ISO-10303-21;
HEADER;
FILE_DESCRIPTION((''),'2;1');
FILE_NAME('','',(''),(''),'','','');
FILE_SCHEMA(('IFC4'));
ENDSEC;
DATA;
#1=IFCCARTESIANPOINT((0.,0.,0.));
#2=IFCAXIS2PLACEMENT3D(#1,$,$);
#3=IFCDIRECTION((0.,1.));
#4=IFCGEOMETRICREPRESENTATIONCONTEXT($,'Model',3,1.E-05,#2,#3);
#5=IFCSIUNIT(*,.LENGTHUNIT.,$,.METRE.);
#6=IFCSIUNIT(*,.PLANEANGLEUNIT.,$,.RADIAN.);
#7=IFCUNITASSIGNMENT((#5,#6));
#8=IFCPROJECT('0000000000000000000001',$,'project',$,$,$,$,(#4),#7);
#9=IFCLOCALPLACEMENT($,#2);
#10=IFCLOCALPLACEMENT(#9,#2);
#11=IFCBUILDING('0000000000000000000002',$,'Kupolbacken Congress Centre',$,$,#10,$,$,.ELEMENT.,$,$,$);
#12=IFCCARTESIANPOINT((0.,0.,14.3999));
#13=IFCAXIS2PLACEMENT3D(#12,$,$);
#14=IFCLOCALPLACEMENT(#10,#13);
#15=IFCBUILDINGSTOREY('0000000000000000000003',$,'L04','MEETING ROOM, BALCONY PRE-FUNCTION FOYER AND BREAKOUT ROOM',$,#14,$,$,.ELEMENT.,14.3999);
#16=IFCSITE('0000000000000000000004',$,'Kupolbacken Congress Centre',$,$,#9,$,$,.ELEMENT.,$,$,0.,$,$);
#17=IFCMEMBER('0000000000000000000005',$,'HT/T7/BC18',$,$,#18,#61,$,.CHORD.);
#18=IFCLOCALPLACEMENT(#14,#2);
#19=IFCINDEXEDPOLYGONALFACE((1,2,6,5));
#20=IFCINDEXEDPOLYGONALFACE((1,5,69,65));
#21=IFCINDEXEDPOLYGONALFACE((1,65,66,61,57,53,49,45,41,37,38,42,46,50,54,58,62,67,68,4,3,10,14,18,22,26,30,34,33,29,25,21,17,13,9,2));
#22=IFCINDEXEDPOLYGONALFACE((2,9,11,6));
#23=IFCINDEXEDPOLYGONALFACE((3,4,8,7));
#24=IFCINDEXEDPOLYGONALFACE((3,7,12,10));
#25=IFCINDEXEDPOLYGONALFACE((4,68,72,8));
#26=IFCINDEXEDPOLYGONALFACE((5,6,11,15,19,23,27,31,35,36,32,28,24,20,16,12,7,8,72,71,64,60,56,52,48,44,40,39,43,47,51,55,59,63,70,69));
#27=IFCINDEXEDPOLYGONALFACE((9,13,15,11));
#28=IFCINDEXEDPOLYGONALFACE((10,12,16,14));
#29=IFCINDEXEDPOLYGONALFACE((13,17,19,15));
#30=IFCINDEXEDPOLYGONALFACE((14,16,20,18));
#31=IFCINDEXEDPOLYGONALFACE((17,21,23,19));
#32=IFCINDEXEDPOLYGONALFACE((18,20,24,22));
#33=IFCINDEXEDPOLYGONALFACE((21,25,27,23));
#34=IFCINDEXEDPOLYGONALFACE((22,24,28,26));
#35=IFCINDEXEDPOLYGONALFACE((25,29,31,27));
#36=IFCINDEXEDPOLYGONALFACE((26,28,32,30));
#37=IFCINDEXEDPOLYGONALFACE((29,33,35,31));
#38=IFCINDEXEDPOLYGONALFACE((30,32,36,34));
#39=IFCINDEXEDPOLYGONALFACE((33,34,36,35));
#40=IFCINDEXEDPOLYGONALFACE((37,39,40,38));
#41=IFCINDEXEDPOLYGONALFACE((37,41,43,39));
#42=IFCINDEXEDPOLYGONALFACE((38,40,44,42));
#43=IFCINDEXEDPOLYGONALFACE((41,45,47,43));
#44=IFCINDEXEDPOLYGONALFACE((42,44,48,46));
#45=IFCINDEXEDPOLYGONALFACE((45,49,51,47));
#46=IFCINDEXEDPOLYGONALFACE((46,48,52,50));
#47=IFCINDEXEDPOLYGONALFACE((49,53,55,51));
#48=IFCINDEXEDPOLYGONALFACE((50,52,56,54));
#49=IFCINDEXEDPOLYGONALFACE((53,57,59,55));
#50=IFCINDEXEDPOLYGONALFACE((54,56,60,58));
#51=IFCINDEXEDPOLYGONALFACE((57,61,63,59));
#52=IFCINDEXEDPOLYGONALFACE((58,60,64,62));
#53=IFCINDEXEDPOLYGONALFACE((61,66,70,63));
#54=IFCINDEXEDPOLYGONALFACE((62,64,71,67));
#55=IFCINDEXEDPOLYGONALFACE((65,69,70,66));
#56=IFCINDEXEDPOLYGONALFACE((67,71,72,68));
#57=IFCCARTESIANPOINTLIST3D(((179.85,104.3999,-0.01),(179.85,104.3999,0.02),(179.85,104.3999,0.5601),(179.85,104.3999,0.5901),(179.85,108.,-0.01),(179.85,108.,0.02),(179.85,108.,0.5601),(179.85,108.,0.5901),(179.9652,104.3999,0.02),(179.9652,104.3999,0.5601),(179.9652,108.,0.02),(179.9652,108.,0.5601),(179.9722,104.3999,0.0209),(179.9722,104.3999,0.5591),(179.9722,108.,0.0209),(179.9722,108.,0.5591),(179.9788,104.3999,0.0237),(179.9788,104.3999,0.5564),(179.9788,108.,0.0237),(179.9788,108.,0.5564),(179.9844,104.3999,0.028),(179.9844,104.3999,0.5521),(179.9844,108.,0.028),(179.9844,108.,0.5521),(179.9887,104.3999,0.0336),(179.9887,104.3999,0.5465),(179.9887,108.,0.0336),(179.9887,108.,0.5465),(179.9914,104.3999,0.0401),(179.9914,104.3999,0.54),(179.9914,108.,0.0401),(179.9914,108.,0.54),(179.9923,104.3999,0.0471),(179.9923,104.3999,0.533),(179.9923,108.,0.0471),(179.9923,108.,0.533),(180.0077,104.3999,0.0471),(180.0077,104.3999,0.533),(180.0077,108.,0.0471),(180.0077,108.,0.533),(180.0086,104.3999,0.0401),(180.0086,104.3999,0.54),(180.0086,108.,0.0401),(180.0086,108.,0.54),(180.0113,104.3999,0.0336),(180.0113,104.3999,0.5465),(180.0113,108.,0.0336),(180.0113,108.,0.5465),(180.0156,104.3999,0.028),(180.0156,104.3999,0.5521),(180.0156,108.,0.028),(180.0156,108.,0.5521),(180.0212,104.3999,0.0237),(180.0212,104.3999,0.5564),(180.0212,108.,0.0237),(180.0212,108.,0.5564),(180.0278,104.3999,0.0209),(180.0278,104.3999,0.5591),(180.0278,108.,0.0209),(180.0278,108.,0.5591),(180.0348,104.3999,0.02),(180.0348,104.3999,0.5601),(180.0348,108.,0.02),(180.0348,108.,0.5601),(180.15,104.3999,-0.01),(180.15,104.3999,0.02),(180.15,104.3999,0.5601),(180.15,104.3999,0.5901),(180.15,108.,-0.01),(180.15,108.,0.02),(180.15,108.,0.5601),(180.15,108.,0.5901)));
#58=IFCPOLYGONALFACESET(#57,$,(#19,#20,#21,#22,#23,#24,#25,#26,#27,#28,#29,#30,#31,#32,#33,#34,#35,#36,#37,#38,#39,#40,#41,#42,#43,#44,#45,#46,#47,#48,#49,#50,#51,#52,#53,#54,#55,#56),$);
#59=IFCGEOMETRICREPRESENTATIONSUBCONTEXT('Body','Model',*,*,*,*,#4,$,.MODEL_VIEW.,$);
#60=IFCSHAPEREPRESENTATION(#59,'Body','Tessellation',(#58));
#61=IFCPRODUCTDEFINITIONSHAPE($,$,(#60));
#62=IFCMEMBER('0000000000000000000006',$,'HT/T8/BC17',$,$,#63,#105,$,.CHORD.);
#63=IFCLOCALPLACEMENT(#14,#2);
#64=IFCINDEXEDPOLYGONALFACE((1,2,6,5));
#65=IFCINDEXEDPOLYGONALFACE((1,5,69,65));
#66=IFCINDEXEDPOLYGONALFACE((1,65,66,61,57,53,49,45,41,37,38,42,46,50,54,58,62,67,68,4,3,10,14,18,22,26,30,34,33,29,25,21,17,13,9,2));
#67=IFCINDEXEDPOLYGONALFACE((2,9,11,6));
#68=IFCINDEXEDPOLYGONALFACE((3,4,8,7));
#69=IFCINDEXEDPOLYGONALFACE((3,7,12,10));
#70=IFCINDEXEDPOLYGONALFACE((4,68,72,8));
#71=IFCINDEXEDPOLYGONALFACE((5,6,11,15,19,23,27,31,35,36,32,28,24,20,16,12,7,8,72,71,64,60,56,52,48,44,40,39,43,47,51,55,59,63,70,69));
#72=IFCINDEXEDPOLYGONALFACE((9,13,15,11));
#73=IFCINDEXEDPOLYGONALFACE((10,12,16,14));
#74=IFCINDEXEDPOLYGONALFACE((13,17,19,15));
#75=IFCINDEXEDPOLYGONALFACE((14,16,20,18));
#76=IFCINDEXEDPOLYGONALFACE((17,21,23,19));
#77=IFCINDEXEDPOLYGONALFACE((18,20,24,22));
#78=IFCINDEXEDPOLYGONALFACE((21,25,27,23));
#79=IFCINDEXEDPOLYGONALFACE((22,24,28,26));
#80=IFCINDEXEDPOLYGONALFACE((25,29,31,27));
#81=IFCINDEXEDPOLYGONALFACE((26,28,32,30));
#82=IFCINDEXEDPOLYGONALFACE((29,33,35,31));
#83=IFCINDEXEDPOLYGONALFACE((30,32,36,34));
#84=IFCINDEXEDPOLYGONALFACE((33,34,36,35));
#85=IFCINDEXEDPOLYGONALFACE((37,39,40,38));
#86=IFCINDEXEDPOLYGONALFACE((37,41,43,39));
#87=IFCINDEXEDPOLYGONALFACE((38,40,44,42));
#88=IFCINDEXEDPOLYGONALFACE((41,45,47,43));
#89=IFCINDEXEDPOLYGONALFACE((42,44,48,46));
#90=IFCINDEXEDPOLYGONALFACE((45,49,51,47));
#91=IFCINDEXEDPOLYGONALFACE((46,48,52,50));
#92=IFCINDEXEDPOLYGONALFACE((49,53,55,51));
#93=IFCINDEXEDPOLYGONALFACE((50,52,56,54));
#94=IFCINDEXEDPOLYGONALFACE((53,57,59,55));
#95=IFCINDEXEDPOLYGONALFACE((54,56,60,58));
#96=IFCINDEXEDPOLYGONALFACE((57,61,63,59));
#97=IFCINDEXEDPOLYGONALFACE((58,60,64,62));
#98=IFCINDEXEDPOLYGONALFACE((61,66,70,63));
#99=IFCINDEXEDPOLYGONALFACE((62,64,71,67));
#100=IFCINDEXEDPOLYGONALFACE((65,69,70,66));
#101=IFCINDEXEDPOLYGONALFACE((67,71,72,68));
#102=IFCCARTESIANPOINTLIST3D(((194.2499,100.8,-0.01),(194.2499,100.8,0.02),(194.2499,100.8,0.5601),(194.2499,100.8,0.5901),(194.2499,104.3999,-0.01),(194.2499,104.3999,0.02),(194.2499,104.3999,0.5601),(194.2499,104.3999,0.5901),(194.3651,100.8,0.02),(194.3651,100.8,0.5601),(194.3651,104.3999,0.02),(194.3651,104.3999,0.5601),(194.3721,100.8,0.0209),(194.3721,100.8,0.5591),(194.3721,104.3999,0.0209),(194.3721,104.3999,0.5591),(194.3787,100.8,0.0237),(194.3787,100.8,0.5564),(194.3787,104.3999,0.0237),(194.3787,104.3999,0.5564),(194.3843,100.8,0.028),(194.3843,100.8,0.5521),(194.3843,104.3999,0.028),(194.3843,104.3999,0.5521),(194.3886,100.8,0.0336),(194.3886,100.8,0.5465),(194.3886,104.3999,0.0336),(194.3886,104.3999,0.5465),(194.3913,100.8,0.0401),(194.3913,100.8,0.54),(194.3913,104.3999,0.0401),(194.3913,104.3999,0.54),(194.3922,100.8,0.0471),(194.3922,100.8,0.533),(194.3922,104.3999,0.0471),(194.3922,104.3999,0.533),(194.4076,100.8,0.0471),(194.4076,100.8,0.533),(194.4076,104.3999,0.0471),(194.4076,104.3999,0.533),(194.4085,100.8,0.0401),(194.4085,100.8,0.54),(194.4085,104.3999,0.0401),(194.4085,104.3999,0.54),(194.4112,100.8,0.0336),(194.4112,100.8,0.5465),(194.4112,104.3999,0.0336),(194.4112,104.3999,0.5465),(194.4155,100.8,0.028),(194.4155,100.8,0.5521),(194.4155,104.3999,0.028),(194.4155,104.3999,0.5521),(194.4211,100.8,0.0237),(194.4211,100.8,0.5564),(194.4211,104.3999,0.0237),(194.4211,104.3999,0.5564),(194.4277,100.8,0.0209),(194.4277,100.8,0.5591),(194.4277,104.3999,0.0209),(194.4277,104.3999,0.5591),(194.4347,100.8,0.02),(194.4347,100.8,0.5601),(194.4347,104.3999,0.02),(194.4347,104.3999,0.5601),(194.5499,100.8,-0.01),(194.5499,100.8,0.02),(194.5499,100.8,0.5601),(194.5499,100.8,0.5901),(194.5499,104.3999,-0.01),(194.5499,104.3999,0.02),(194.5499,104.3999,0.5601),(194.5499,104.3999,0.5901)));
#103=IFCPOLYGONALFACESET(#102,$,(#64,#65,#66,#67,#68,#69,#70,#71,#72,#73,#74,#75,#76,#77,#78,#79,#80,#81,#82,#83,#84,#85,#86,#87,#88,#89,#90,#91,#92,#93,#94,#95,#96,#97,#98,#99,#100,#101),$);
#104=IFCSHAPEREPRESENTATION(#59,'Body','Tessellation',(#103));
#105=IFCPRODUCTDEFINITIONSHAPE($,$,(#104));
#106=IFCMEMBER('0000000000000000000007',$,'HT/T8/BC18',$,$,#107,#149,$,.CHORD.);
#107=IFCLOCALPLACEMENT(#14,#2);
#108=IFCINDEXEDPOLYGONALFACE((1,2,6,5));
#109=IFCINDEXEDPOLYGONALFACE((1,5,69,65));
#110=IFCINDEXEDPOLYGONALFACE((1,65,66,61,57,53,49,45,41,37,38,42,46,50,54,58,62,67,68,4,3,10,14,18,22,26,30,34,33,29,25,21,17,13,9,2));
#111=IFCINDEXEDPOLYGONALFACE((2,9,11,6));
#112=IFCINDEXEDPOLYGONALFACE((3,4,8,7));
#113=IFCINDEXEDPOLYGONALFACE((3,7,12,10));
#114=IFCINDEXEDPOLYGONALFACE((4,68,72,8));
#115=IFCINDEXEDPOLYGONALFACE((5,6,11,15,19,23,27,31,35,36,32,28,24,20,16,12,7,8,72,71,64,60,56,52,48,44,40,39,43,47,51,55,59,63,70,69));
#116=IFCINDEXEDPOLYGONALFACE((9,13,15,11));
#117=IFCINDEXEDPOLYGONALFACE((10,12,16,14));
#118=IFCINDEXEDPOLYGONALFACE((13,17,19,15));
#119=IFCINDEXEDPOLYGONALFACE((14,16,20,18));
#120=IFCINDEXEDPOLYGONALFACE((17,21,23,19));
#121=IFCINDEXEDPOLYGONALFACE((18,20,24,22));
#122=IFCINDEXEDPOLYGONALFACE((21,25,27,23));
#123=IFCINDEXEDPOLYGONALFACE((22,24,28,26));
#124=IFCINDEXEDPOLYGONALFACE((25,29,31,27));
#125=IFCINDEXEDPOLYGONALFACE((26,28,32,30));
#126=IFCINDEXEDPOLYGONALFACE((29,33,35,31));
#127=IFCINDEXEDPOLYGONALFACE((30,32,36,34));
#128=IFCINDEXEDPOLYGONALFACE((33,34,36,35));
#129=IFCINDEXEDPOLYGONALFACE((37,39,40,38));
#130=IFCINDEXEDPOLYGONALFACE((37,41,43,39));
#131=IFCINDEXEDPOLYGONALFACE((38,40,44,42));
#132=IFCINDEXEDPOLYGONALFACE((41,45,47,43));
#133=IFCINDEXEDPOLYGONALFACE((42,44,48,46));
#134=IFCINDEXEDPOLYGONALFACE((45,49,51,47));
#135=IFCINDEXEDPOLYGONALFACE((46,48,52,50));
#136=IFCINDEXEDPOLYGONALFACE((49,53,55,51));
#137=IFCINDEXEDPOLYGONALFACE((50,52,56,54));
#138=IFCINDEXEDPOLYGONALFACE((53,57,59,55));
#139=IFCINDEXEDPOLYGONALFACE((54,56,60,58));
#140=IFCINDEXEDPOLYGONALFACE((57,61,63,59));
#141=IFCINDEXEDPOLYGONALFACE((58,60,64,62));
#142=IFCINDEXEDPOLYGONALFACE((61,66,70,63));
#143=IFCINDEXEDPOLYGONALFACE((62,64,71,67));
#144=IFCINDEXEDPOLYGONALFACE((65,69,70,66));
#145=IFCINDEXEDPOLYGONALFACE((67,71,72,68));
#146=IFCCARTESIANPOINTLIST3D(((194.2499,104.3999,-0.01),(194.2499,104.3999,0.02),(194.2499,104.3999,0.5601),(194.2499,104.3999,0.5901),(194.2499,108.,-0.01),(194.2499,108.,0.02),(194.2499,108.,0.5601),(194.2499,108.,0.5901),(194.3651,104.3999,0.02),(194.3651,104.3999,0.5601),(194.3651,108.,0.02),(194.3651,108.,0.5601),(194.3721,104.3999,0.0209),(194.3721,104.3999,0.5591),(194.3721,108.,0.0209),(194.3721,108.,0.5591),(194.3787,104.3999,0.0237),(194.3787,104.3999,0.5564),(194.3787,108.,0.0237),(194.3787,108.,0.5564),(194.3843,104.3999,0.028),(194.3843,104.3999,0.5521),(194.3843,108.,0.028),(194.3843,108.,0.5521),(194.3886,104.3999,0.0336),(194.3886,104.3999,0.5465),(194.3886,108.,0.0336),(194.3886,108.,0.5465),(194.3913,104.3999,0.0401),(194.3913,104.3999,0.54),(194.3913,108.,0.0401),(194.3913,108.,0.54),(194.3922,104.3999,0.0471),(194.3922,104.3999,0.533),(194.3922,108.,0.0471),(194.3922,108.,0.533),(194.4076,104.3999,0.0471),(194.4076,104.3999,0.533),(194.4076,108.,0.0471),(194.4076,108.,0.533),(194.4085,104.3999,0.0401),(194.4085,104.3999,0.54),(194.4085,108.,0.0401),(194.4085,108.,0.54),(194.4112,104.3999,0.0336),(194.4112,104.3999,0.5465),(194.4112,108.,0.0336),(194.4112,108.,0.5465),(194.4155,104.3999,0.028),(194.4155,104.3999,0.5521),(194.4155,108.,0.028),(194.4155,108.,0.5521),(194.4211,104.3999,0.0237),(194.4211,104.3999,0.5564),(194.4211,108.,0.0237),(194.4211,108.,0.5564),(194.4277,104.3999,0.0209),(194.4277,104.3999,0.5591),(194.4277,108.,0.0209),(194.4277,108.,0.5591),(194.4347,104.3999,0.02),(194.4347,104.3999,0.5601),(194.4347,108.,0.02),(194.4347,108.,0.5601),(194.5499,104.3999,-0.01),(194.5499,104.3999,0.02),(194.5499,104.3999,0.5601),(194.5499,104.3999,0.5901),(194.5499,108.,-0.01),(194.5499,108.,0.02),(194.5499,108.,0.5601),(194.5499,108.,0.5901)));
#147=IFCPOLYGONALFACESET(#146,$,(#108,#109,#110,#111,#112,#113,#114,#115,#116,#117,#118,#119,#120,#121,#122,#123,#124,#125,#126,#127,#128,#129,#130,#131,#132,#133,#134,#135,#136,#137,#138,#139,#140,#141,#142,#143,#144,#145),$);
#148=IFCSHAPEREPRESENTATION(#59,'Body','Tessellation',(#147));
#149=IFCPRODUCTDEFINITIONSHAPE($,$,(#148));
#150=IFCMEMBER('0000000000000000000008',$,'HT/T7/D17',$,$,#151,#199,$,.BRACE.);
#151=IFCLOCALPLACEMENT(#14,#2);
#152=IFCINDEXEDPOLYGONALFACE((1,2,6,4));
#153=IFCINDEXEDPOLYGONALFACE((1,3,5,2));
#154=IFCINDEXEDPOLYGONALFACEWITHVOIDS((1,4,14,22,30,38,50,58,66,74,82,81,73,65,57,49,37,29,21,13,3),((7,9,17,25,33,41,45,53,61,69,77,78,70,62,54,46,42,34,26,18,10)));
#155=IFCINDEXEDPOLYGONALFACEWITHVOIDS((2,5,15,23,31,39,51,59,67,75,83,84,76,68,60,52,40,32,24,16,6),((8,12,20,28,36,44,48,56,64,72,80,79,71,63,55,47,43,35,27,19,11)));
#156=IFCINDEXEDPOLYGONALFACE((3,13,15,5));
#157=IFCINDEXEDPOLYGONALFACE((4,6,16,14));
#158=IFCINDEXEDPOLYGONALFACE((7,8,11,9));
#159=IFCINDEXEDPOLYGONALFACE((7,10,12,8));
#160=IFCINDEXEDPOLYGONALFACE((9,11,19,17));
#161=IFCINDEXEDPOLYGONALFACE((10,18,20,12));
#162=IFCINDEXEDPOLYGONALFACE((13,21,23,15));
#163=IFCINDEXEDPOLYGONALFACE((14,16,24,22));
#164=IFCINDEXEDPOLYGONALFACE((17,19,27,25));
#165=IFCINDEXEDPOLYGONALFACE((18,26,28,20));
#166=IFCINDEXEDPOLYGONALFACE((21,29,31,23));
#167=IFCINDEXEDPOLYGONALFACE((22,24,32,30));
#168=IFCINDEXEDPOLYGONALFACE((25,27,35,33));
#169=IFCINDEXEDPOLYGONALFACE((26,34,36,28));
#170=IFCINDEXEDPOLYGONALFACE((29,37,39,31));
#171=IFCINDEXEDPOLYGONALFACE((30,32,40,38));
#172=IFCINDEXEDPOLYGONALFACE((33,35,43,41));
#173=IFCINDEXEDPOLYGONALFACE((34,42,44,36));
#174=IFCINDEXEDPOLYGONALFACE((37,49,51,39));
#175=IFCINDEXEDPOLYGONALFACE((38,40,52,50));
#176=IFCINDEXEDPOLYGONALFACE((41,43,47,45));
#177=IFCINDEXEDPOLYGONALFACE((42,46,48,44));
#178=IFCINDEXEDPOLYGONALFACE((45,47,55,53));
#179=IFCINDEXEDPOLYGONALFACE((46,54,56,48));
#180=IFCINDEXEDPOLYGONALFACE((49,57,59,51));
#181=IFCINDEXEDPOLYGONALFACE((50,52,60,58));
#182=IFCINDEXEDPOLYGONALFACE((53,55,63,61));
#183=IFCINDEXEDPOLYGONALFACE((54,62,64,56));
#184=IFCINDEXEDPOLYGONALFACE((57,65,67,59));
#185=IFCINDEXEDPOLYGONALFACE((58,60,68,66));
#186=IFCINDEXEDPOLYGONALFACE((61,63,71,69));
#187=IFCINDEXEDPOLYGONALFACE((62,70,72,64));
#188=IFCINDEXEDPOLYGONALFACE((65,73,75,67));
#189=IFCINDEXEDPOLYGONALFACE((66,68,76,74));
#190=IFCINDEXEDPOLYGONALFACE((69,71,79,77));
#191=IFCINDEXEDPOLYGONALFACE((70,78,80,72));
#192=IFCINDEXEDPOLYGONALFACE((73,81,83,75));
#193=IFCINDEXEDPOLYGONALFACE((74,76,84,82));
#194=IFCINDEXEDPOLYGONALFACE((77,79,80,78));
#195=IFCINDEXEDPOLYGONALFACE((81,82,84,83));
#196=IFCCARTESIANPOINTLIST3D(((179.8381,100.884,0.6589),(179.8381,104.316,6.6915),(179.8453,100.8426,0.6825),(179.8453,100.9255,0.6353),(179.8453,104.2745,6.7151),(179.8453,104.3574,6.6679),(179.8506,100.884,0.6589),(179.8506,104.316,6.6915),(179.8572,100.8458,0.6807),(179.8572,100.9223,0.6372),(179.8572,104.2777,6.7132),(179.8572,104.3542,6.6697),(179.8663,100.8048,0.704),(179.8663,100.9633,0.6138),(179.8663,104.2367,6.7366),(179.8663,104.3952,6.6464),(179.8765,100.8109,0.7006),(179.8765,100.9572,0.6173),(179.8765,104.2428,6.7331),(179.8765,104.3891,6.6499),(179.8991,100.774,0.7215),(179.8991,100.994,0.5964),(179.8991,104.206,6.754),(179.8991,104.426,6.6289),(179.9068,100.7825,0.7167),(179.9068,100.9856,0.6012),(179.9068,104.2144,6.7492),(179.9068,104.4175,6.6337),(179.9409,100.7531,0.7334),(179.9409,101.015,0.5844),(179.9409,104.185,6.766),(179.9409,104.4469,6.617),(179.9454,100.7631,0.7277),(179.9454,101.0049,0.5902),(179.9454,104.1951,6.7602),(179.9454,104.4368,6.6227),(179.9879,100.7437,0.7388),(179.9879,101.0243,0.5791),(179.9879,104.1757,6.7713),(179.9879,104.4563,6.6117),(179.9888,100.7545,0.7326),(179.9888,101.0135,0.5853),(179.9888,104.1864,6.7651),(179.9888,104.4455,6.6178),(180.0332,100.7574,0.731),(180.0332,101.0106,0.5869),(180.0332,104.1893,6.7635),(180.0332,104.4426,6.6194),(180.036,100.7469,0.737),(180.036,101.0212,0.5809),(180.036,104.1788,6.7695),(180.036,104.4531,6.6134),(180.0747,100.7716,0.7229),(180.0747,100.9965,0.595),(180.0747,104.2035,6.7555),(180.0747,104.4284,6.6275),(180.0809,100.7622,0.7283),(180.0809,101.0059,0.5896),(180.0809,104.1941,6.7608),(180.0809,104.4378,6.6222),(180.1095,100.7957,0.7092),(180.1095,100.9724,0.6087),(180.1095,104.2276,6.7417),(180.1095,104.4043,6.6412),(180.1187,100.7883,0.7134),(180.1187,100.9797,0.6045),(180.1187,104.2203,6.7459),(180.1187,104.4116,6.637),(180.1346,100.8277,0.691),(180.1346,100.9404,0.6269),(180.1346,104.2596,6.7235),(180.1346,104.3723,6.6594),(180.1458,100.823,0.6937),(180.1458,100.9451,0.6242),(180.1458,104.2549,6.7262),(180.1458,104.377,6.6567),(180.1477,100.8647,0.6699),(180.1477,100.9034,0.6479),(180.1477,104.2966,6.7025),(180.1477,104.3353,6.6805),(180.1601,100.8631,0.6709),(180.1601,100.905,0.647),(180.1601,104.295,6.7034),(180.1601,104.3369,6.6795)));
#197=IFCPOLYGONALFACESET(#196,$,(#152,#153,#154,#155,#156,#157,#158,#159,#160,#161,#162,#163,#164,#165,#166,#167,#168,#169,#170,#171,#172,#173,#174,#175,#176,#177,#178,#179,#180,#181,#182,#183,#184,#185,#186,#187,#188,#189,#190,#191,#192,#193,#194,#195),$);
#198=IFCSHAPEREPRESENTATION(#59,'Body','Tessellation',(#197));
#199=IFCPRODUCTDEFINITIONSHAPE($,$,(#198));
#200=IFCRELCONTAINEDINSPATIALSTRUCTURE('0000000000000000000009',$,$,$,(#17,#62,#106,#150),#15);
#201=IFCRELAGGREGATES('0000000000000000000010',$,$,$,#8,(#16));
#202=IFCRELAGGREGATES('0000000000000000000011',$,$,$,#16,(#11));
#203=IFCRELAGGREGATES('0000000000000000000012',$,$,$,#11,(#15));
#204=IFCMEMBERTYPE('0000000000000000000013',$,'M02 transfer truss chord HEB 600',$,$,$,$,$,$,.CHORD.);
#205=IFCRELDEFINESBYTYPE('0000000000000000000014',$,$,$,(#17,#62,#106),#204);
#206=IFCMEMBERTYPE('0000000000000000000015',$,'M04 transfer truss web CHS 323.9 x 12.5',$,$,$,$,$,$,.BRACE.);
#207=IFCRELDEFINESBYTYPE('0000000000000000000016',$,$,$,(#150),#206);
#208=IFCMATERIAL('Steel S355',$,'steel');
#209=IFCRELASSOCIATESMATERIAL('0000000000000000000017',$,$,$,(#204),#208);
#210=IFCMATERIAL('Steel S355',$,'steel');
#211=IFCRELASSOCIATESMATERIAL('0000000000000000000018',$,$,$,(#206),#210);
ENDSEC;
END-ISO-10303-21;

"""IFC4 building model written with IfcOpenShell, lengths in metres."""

from ifc_helpers import new_model, si_unit, direction, frame, origin, origin_2d, place, context, subcontext, project, spatial, hollow_circle, i_section, extrude, material, material_profile, profile_set, type_object, element, save


model = new_model("IFC4")

# Units and contexts
model_context = context("Model", 3, precision=1e-05, world=origin(), true_north=direction((0.0, 1.0)))
body_context = subcontext(model_context, "Body", "Model", "MODEL_VIEW")
ifc_project = project(units=[si_unit("LENGTHUNIT", "METRE"), si_unit("PLANEANGLEUNIT", "RADIAN")], contexts=[model_context])

# Site, building, storey
site_placement = place(None, origin())
site = spatial("IfcSite", under=ifc_project, at=site_placement, Name="Kupolbacken Congress Centre", CompositionType="ELEMENT", RefElevation=0.0)
building_placement = place(site_placement, origin())
building = spatial("IfcBuilding", under=site, at=building_placement, Name="Kupolbacken Congress Centre", CompositionType="ELEMENT")
storey_placement = place(building_placement, frame((0.0, 0.0, 14.3999)))
storey = spatial("IfcBuildingStorey", under=building, at=storey_placement, Name="L04", Description="MEETING ROOM, BALCONY PRE-FUNCTION FOYER AND BREAKOUT ROOM", CompositionType="ELEMENT", Elevation=14.3999)

# Members
ifc_material_1 = material(Name="Steel S355", Category="steel")
ifc_material_profile_1 = material_profile(ifc_material_1, i_section(OverallWidth=0.3, OverallDepth=0.6001, WebThickness=0.0154, FlangeThickness=0.03, FilletRadius=0.0271, at=origin_2d()), Name="HEB 600")
ifc_profile_set_1 = profile_set([ifc_material_profile_1], Name="Steel S355")
member_type_1 = type_object("IfcMemberType", Name="M02 transfer truss chord HEB 600", PredefinedType="CHORD", material=ifc_profile_set_1)
member_1_placement = place(storey_placement, frame((180.0, 104.3999, 0.29), z_axis=(0.0, 1.0, 0.0), x_axis=(-1.0, 0.0, 0.0)))
element("IfcMember", 1, at=member_1_placement, inside=storey, type_object=member_type_1, Name="HT/T7/BC18", PredefinedType="CHORD", context=body_context, shape_type="SweptSolid", body=[
    extrude(i_section(OverallWidth=0.3, OverallDepth=0.6001, WebThickness=0.0154, FlangeThickness=0.03, FilletRadius=0.0271, at=origin_2d()), origin(), (0.0, 0.0, 1.0), 3.6001),
])
member_2_placement = place(storey_placement, frame((194.3999, 100.8, 0.29), z_axis=(0.0, 1.0, 0.0), x_axis=(-1.0, 0.0, 0.0)))
element("IfcMember", 2, at=member_2_placement, inside=storey, type_object=member_type_1, Name="HT/T8/BC17", PredefinedType="CHORD", context=body_context, shape_type="SweptSolid", body=[
    extrude(i_section(OverallWidth=0.3, OverallDepth=0.6001, WebThickness=0.0154, FlangeThickness=0.03, FilletRadius=0.0271, at=origin_2d()), origin(), (0.0, 0.0, 1.0), 3.5999),
])
member_3_placement = place(storey_placement, frame((194.3999, 104.3999, 0.29), z_axis=(0.0, 1.0, 0.0), x_axis=(-1.0, 0.0, 0.0)))
element("IfcMember", 3, at=member_3_placement, inside=storey, type_object=member_type_1, Name="HT/T8/BC18", PredefinedType="CHORD", context=body_context, shape_type="SweptSolid", body=[
    extrude(i_section(OverallWidth=0.3, OverallDepth=0.6001, WebThickness=0.0154, FlangeThickness=0.03, FilletRadius=0.0271, at=origin_2d()), origin(), (0.0, 0.0, 1.0), 3.6001),
])
ifc_material_2 = material(Name="Steel S355", Category="steel")
ifc_material_profile_2 = material_profile(ifc_material_2, hollow_circle(Radius=0.1619, WallThickness=0.0125, at=origin_2d()), Name="CHS 323.9 x 12.5")
ifc_profile_set_2 = profile_set([ifc_material_profile_2], Name="Steel S355")
member_type_2 = type_object("IfcMemberType", Name="M04 transfer truss web CHS 323.9 x 12.5", PredefinedType="BRACE", material=ifc_profile_set_2)
for number, where, z_axis, x_axis, name in (
    (4, (180.0, 100.884, 0.6589), (0.0, 0.494483, 0.869188), (-1.0, 0.0, 0.0), "HT/T7/D17"),
):
    element("IfcMember", number, at=place(storey_placement, frame(where, z_axis=z_axis, x_axis=x_axis)), inside=storey, type_object=member_type_2, Name=name, PredefinedType="BRACE", context=body_context, shape_type="SweptSolid", body=[
        extrude(hollow_circle(Radius=0.1619, WallThickness=0.0125, at=origin_2d()), origin(), (0.0, 0.0, 1.0), 6.9404),
    ])

save(model, "model.ifc")
